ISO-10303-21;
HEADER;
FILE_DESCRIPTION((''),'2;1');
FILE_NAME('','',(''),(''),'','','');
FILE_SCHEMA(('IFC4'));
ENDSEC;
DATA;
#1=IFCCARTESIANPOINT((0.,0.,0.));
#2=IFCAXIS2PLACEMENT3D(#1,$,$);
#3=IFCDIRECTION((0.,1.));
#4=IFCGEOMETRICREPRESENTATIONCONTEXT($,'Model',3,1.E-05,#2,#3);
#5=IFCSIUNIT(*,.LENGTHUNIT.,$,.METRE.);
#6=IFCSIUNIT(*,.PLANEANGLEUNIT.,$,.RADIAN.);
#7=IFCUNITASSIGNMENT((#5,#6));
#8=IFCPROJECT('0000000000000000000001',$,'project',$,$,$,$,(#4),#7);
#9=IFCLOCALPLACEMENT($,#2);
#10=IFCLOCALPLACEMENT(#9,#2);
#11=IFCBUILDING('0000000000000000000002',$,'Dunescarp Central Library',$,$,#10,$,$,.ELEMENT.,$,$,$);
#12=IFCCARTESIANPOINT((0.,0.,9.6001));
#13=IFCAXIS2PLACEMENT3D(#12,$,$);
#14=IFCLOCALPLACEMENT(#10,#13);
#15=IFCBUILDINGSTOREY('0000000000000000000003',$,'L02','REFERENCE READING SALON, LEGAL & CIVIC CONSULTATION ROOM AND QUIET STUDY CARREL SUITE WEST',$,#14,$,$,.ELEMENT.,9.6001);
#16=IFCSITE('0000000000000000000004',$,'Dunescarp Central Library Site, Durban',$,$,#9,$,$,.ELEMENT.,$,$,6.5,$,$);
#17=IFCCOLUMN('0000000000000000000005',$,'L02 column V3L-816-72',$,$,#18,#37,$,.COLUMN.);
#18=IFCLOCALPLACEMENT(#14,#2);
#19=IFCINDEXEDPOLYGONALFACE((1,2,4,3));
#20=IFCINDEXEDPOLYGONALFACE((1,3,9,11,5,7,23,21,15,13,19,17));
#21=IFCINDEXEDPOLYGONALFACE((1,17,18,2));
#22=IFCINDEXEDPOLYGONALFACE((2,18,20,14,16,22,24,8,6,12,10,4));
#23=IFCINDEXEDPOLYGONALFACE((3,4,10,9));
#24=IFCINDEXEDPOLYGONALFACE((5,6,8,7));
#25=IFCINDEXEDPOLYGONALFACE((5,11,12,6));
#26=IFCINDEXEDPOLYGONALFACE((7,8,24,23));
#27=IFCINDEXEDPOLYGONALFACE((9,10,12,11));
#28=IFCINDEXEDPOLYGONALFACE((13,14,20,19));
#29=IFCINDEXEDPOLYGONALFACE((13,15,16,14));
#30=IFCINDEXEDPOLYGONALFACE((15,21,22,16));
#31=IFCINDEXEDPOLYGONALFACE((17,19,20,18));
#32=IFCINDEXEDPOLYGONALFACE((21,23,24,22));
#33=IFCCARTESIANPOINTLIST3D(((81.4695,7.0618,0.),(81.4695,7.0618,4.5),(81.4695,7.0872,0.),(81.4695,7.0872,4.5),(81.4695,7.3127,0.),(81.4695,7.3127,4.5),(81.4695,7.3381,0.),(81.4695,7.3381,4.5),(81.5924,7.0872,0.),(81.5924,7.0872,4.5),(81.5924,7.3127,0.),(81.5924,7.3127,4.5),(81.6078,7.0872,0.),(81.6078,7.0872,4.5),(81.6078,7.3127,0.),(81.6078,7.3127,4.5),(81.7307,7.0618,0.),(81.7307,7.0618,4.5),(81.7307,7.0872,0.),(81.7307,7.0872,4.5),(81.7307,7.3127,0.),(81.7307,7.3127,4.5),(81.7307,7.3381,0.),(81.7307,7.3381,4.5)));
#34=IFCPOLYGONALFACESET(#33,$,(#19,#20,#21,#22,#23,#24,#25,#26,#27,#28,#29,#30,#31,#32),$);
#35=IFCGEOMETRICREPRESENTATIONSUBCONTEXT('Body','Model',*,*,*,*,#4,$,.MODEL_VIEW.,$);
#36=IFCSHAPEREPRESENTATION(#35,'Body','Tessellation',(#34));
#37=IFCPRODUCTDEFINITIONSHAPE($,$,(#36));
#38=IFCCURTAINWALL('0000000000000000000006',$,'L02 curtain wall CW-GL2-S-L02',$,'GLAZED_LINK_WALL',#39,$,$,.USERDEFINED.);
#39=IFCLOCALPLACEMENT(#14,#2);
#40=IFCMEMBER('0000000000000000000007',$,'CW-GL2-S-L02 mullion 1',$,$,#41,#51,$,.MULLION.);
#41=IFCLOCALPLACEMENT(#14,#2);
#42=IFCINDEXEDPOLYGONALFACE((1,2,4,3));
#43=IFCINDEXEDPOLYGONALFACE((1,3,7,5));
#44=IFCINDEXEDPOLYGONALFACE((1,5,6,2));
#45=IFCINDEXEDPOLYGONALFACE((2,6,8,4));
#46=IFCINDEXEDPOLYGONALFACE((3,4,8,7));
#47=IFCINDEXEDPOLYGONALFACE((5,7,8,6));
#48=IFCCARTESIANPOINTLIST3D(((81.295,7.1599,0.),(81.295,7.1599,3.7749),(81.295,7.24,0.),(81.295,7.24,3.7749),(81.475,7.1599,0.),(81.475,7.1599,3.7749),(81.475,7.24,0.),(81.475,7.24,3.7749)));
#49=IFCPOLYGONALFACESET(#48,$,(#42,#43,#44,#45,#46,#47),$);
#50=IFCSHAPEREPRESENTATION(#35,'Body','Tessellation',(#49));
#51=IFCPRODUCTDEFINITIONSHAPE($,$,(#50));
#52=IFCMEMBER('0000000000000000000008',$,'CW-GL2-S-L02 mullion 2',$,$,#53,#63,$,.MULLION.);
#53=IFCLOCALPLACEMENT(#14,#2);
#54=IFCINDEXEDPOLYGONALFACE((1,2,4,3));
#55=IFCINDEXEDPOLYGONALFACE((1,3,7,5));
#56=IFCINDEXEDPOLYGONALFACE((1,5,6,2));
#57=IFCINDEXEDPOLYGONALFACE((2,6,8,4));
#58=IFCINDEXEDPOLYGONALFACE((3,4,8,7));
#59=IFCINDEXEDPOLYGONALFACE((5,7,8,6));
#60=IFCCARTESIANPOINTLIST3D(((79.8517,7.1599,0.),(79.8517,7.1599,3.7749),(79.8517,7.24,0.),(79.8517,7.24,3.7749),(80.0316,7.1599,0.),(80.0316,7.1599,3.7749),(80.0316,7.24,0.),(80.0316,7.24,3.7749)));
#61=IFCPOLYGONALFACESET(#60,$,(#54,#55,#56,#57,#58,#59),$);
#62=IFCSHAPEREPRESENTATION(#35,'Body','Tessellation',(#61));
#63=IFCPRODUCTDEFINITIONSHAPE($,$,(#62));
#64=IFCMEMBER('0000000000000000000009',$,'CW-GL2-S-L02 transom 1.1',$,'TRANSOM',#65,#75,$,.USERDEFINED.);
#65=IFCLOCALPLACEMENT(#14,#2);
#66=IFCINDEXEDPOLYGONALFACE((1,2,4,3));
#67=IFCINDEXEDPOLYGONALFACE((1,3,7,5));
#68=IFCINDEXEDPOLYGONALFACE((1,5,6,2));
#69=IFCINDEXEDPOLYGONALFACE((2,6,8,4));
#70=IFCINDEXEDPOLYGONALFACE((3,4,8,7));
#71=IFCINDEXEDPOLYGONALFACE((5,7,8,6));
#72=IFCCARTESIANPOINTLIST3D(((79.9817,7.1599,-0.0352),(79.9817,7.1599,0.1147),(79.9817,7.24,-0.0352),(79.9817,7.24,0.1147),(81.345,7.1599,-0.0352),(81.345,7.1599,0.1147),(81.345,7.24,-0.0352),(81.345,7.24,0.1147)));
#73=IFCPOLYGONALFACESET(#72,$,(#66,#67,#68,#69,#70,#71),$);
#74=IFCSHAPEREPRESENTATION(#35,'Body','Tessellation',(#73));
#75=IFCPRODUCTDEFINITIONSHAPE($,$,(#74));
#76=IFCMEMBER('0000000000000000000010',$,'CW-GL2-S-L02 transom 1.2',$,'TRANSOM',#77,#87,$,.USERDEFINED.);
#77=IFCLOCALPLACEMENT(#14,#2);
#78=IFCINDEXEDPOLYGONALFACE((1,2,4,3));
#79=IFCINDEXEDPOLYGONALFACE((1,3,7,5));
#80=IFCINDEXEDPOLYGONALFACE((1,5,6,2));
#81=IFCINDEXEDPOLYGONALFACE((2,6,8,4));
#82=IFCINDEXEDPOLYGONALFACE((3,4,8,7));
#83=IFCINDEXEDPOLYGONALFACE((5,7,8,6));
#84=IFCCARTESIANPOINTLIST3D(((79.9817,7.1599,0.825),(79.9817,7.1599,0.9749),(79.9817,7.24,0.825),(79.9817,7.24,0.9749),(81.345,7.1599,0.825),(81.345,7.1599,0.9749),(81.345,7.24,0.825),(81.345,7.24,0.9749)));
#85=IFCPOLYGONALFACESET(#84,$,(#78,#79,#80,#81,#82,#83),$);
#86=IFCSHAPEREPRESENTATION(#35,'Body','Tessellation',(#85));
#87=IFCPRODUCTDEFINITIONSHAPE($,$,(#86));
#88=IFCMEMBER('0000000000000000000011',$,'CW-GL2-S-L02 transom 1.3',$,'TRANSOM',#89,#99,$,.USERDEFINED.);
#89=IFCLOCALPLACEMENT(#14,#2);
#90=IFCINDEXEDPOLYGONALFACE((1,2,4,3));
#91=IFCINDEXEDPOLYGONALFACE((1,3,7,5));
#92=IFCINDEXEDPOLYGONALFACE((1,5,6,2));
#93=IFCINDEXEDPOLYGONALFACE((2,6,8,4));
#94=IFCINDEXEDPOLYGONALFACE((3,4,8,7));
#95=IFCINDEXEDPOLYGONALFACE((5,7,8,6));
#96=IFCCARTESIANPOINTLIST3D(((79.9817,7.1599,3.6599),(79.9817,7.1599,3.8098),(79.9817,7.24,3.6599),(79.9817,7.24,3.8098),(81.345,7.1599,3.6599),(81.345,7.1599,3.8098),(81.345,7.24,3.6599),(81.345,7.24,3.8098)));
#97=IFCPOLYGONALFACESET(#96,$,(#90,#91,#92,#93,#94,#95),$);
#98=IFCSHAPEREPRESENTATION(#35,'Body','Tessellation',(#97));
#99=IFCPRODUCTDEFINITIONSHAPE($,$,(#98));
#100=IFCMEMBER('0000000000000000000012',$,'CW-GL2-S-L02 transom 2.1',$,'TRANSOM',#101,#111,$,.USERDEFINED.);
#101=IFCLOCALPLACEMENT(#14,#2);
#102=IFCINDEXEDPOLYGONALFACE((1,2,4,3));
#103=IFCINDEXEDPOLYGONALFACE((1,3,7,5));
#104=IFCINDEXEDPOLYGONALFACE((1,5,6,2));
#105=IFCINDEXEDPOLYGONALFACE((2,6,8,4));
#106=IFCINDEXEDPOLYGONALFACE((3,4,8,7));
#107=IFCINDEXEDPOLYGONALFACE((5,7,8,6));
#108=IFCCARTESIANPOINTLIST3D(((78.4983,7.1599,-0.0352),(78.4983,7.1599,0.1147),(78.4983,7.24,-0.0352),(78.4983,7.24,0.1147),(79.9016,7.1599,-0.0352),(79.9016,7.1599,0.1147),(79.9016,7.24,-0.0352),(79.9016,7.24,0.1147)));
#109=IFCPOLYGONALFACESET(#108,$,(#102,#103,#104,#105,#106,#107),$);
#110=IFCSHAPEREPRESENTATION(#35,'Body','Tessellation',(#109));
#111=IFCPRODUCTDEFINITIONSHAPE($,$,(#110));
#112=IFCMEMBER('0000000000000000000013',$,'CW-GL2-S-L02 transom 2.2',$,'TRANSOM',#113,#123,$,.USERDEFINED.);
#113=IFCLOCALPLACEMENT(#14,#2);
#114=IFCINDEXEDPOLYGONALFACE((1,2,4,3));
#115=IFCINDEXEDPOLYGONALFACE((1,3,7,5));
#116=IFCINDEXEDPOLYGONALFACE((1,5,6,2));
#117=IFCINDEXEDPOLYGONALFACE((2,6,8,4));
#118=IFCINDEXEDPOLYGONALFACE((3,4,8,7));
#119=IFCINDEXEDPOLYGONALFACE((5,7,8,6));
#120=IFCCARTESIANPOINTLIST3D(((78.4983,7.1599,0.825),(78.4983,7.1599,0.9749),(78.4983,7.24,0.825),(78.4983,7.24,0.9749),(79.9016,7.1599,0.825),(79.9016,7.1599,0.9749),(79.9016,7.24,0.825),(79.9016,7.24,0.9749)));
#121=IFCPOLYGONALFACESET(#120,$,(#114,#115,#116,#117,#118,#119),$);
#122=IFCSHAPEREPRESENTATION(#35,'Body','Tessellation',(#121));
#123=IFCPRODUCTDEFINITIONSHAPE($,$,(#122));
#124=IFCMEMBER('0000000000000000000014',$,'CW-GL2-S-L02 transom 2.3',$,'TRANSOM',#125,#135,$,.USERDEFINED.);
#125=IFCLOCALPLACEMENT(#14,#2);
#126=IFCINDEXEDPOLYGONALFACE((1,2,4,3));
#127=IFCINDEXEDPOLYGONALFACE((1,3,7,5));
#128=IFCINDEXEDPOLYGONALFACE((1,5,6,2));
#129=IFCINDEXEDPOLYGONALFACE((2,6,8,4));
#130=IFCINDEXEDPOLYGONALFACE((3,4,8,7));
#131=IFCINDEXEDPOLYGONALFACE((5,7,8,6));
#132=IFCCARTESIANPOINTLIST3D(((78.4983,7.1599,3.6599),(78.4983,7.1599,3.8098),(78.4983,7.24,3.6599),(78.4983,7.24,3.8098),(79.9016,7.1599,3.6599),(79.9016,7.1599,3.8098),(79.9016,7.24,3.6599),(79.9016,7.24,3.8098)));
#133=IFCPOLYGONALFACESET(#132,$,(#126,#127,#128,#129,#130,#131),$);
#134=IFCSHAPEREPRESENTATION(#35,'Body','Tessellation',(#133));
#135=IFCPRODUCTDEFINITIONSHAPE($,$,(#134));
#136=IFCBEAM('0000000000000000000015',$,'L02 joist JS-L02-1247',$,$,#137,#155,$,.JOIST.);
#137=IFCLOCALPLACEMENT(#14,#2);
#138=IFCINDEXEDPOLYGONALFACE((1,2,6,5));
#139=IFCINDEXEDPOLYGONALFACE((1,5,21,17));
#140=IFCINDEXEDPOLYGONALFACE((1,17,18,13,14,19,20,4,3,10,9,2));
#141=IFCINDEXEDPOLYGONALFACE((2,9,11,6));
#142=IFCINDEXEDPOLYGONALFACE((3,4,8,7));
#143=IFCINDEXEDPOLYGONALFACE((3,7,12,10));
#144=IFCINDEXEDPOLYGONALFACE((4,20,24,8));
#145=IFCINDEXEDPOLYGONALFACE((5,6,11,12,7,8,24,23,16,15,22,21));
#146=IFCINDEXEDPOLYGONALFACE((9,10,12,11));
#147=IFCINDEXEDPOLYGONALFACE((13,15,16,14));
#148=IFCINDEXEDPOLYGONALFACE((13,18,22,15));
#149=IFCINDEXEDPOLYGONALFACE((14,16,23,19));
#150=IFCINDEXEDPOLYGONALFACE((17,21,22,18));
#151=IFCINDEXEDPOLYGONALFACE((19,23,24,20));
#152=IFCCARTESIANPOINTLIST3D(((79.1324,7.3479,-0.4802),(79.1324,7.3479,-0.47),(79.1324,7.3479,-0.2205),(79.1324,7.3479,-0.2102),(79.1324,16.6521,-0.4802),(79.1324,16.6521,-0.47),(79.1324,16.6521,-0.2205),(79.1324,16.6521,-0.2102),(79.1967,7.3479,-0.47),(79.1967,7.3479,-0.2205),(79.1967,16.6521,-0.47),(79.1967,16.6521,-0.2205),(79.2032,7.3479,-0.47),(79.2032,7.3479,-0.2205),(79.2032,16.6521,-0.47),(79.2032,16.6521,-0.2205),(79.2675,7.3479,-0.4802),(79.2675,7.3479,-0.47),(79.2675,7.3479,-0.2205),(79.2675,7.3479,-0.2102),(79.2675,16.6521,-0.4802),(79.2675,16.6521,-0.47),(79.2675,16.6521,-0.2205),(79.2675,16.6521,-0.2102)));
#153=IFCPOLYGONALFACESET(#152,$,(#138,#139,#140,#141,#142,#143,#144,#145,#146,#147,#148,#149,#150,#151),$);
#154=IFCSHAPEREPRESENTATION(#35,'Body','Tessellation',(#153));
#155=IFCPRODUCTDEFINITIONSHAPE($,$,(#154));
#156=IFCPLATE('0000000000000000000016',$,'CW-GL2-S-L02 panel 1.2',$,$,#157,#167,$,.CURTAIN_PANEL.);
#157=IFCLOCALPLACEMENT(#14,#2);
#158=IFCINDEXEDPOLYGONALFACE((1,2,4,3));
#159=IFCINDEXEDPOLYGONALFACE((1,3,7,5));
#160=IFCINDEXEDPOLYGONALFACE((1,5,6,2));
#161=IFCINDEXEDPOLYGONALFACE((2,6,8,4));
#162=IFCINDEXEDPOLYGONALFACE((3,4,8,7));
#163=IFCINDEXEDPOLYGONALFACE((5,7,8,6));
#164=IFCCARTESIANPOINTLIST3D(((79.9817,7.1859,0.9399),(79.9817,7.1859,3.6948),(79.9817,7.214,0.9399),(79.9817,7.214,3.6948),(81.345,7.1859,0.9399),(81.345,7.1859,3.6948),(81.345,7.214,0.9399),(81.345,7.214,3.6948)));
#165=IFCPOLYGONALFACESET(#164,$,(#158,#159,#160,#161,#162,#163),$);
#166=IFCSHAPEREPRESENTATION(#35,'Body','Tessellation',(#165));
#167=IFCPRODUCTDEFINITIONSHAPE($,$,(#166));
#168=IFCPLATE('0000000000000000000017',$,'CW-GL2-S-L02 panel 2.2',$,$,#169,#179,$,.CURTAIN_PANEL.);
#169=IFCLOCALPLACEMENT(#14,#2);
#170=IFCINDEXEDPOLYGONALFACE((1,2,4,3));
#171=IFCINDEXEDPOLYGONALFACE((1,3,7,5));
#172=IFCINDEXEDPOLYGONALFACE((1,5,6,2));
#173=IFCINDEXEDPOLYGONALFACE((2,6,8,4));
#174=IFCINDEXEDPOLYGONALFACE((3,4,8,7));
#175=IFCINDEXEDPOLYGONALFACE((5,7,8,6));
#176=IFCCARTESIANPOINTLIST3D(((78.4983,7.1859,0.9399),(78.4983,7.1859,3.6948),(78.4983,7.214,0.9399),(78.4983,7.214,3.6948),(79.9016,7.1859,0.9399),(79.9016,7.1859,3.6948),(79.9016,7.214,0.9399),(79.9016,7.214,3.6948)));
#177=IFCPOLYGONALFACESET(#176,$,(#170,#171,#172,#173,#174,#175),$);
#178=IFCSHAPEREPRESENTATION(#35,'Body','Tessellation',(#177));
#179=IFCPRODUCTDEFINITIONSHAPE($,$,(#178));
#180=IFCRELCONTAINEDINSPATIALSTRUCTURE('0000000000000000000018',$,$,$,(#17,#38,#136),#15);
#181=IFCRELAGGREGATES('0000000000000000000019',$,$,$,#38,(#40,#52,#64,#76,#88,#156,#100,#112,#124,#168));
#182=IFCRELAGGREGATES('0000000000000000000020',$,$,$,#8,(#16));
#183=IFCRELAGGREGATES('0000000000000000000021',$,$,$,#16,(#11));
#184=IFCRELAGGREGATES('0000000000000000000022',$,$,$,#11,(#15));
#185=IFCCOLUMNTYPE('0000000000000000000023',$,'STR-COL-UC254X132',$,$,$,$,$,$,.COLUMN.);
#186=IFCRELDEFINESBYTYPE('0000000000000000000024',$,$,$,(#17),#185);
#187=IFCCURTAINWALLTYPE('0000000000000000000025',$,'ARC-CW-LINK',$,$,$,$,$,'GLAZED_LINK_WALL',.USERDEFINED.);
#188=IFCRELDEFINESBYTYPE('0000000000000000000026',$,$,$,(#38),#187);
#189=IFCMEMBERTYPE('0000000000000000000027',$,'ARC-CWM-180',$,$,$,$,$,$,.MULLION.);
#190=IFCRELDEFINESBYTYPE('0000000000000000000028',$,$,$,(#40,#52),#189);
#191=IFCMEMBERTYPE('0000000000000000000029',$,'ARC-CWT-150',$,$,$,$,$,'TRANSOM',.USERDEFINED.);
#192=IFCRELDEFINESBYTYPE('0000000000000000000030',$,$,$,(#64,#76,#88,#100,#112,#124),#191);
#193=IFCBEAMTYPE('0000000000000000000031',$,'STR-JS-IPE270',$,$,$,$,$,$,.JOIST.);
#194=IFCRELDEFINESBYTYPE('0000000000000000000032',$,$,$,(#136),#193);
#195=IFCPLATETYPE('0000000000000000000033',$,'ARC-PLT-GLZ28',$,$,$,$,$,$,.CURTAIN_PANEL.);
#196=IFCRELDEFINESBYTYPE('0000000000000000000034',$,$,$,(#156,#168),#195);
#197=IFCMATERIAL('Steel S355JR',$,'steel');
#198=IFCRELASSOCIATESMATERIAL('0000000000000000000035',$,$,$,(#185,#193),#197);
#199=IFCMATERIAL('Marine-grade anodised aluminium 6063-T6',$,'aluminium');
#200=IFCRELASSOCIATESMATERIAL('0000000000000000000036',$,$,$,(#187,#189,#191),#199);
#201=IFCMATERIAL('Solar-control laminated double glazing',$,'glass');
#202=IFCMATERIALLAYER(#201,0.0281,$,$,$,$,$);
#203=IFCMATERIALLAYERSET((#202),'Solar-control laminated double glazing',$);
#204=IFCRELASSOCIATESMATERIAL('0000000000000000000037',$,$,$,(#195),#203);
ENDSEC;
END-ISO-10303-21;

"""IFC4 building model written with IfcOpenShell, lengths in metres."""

from ifc_helpers import new_model, si_unit, direction, frame, origin, origin_2d, place, context, subcontext, project, spatial, rectangle, i_section, extrude, material, layer, layer_set, material_profile, profile_set, type_object, element, aggregate, save


model = new_model("IFC4")

# Units and contexts
model_context = context("Model", 3, precision=1e-05, world=origin(), true_north=direction((0.0, 1.0)))
body_context = subcontext(model_context, "Body", "Model", "MODEL_VIEW")
ifc_project = project(units=[si_unit("LENGTHUNIT", "METRE"), si_unit("PLANEANGLEUNIT", "RADIAN")], contexts=[model_context])

# Site, building, storey
site_placement = place(None, origin())
site = spatial("IfcSite", under=ifc_project, at=site_placement, Name="Dunescarp Central Library Site, Durban", CompositionType="ELEMENT", RefElevation=6.5)
building_placement = place(site_placement, origin())
building = spatial("IfcBuilding", under=site, at=building_placement, Name="Dunescarp Central Library", CompositionType="ELEMENT")
storey_placement = place(building_placement, frame((0.0, 0.0, 9.6001)))
storey = spatial("IfcBuildingStorey", under=building, at=storey_placement, Name="L02", Description="REFERENCE READING SALON, LEGAL & CIVIC CONSULTATION ROOM AND QUIET STUDY CARREL SUITE WEST", CompositionType="ELEMENT", Elevation=9.6001)

# Column
ifc_material_1 = material(Name="Steel S355JR", Category="steel")
ifc_material_profile_1 = material_profile(ifc_material_1, i_section(OverallWidth=0.2612, OverallDepth=0.2764, WebThickness=0.0154, FlangeThickness=0.0254, at=origin_2d()), Name="UC 254x254x132")
ifc_profile_set_1 = profile_set([ifc_material_profile_1], Name="Steel S355JR")
column_type = type_object("IfcColumnType", Name="STR-COL-UC254X132", PredefinedType="COLUMN", material=ifc_profile_set_1)
column_placement = place(storey_placement, frame((81.6001, 7.2, 0.0), z_axis=(0.0, 0.0, 1.0), x_axis=(1.0, 0.0, 0.0)))
element("IfcColumn", 1, at=column_placement, inside=storey, type_object=column_type, Name="L02 column V3L-816-72", PredefinedType="COLUMN", context=body_context, shape_type="SweptSolid", body=[
    extrude(i_section(OverallWidth=0.2612, OverallDepth=0.2764, WebThickness=0.0154, FlangeThickness=0.0254, at=origin_2d()), origin(), (0.0, 0.0, 1.0), 4.5),
])

# Curtain wall, members
ifc_material_2 = material(Name="Marine-grade anodised aluminium 6063-T6", Category="aluminium")
curtain_wall_type = type_object("IfcCurtainWallType", Name="ARC-CW-LINK", ElementType="GLAZED_LINK_WALL", PredefinedType="USERDEFINED", material=ifc_material_2)
curtain_wall_placement = place(storey_placement, origin())
curtain_wall = element("IfcCurtainWall", 2, at=curtain_wall_placement, inside=storey, type_object=curtain_wall_type, Name="L02 curtain wall CW-GL2-S-L02", ObjectType="GLAZED_LINK_WALL", PredefinedType="USERDEFINED")
ifc_material_profile_2 = material_profile(ifc_material_2, rectangle(XDim=0.0801, YDim=0.1799, at=origin_2d()), Name="AL 80x180")
ifc_profile_set_2 = profile_set([ifc_material_profile_2], Name="Marine-grade anodised aluminium 6063-T6")
member_type_1 = type_object("IfcMemberType", Name="ARC-CWM-180", PredefinedType="MULLION", material=ifc_profile_set_2)
member_1_placement = place(storey_placement, frame((81.385, 7.2, 0.0), z_axis=(0.0, 0.0, 1.0), x_axis=(0.0, -1.0, 0.0)))
member_1 = element("IfcMember", 3, at=member_1_placement, type_object=member_type_1, Name="CW-GL2-S-L02 mullion 1", PredefinedType="MULLION", context=body_context, shape_type="SweptSolid", body=[
    extrude(rectangle(XDim=0.0801, YDim=0.1799, at=origin_2d()), origin(), (0.0, 0.0, 1.0), 3.7749),
])
member_2_placement = place(storey_placement, frame((79.9417, 7.2, 0.0), z_axis=(0.0, 0.0, 1.0), x_axis=(0.0, -1.0, 0.0)))
member_2 = element("IfcMember", 4, at=member_2_placement, type_object=member_type_1, Name="CW-GL2-S-L02 mullion 2", PredefinedType="MULLION", context=body_context, shape_type="SweptSolid", body=[
    extrude(rectangle(XDim=0.0801, YDim=0.1799, at=origin_2d()), origin(), (0.0, 0.0, 1.0), 3.7749),
])
ifc_material_profile_3 = material_profile(ifc_material_2, rectangle(XDim=0.0801, YDim=0.1499, at=origin_2d()), Name="AL 80x150")
ifc_profile_set_3 = profile_set([ifc_material_profile_3], Name="Marine-grade anodised aluminium 6063-T6")
member_type_2 = type_object("IfcMemberType", Name="ARC-CWT-150", ElementType="TRANSOM", PredefinedType="USERDEFINED", material=ifc_profile_set_3)
member_3_placement = place(storey_placement, frame((81.345, 7.2, 0.0398), z_axis=(-1.0, 0.0, 0.0), x_axis=(0.0, -1.0, 0.0)))
member_3 = element("IfcMember", 5, at=member_3_placement, type_object=member_type_2, Name="CW-GL2-S-L02 transom 1.1", ObjectType="TRANSOM", PredefinedType="USERDEFINED", context=body_context, shape_type="SweptSolid", body=[
    extrude(rectangle(XDim=0.0801, YDim=0.1499, at=origin_2d()), origin(), (0.0, 0.0, 1.0), 1.3633),
])
member_4_placement = place(storey_placement, frame((81.345, 7.2, 0.8999), z_axis=(-1.0, 0.0, 0.0), x_axis=(0.0, -1.0, 0.0)))
member_4 = element("IfcMember", 6, at=member_4_placement, type_object=member_type_2, Name="CW-GL2-S-L02 transom 1.2", ObjectType="TRANSOM", PredefinedType="USERDEFINED", context=body_context, shape_type="SweptSolid", body=[
    extrude(rectangle(XDim=0.0801, YDim=0.1499, at=origin_2d()), origin(), (0.0, 0.0, 1.0), 1.3633),
])
member_5_placement = place(storey_placement, frame((81.345, 7.2, 3.7349), z_axis=(-1.0, 0.0, 0.0), x_axis=(0.0, -1.0, 0.0)))
member_5 = element("IfcMember", 7, at=member_5_placement, type_object=member_type_2, Name="CW-GL2-S-L02 transom 1.3", ObjectType="TRANSOM", PredefinedType="USERDEFINED", context=body_context, shape_type="SweptSolid", body=[
    extrude(rectangle(XDim=0.0801, YDim=0.1499, at=origin_2d()), origin(), (0.0, 0.0, 1.0), 1.3633),
])
member_6_placement = place(storey_placement, frame((79.9016, 7.2, 0.0398), z_axis=(-1.0, 0.0, 0.0), x_axis=(0.0, -1.0, 0.0)))
member_6 = element("IfcMember", 8, at=member_6_placement, type_object=member_type_2, Name="CW-GL2-S-L02 transom 2.1", ObjectType="TRANSOM", PredefinedType="USERDEFINED", context=body_context, shape_type="SweptSolid", body=[
    extrude(rectangle(XDim=0.0801, YDim=0.1499, at=origin_2d()), origin(), (0.0, 0.0, 1.0), 1.4033),
])
member_7_placement = place(storey_placement, frame((79.9016, 7.2, 0.8999), z_axis=(-1.0, 0.0, 0.0), x_axis=(0.0, -1.0, 0.0)))
member_7 = element("IfcMember", 9, at=member_7_placement, type_object=member_type_2, Name="CW-GL2-S-L02 transom 2.2", ObjectType="TRANSOM", PredefinedType="USERDEFINED", context=body_context, shape_type="SweptSolid", body=[
    extrude(rectangle(XDim=0.0801, YDim=0.1499, at=origin_2d()), origin(), (0.0, 0.0, 1.0), 1.4033),
])
member_8_placement = place(storey_placement, frame((79.9016, 7.2, 3.7349), z_axis=(-1.0, 0.0, 0.0), x_axis=(0.0, -1.0, 0.0)))
member_8 = element("IfcMember", 10, at=member_8_placement, type_object=member_type_2, Name="CW-GL2-S-L02 transom 2.3", ObjectType="TRANSOM", PredefinedType="USERDEFINED", context=body_context, shape_type="SweptSolid", body=[
    extrude(rectangle(XDim=0.0801, YDim=0.1499, at=origin_2d()), origin(), (0.0, 0.0, 1.0), 1.4033),
])

# Beam
ifc_material_profile_4 = material_profile(ifc_material_1, i_section(OverallWidth=0.135, OverallDepth=0.27, WebThickness=0.0066, FlangeThickness=0.0103, at=origin_2d()), Name="IPE 270")
ifc_profile_set_4 = profile_set([ifc_material_profile_4], Name="Steel S355JR")
beam_type = type_object("IfcBeamType", Name="STR-JS-IPE270", PredefinedType="JOIST", material=ifc_profile_set_4)
beam_placement = place(storey_placement, frame((79.2, 7.3479, -0.3452), z_axis=(0.0, 1.0, 0.0), x_axis=(-1.0, 0.0, 0.0)))
element("IfcBeam", 11, at=beam_placement, inside=storey, type_object=beam_type, Name="L02 joist JS-L02-1247", PredefinedType="JOIST", context=body_context, shape_type="SweptSolid", body=[
    extrude(i_section(OverallWidth=0.135, OverallDepth=0.27, WebThickness=0.0066, FlangeThickness=0.0103, at=origin_2d()), origin(), (0.0, 0.0, 1.0), 9.3042),
])

# Plates
ifc_material_3 = material(Name="Solar-control laminated double glazing", Category="glass")
ifc_layer_1 = layer(ifc_material_3, 0.0281)
ifc_layer_set_1 = layer_set([ifc_layer_1], Name="Solar-control laminated double glazing")
plate_type_1 = type_object("IfcPlateType", Name="ARC-PLT-GLZ28", PredefinedType="CURTAIN_PANEL", material=ifc_layer_set_1)
plate_1_placement = place(storey_placement, frame((80.6633, 7.2, 0.9399), z_axis=(0.0, 0.0, 1.0), x_axis=(-1.0, 0.0, 0.0)))
plate_1 = element("IfcPlate", 12, at=plate_1_placement, type_object=plate_type_1, Name="CW-GL2-S-L02 panel 1.2", PredefinedType="CURTAIN_PANEL", context=body_context, shape_type="SweptSolid", body=[
    extrude(rectangle(XDim=1.3633, YDim=0.0281, at=origin_2d()), origin(), (0.0, 0.0, 1.0), 2.7549),
])
plate_2_placement = place(storey_placement, frame((79.2, 7.2, 0.9399), z_axis=(0.0, 0.0, 1.0), x_axis=(-1.0, 0.0, 0.0)))
plate_2 = element("IfcPlate", 13, at=plate_2_placement, type_object=plate_type_1, Name="CW-GL2-S-L02 panel 2.2", PredefinedType="CURTAIN_PANEL", context=body_context, shape_type="SweptSolid", body=[
    extrude(rectangle(XDim=1.4033, YDim=0.0281, at=origin_2d()), origin(), (0.0, 0.0, 1.0), 2.7549),
])
aggregate(curtain_wall, [member_1, member_2, member_3, member_4, member_5, plate_1, member_6, member_7, member_8, plate_2])

save(model, "model.ifc")
